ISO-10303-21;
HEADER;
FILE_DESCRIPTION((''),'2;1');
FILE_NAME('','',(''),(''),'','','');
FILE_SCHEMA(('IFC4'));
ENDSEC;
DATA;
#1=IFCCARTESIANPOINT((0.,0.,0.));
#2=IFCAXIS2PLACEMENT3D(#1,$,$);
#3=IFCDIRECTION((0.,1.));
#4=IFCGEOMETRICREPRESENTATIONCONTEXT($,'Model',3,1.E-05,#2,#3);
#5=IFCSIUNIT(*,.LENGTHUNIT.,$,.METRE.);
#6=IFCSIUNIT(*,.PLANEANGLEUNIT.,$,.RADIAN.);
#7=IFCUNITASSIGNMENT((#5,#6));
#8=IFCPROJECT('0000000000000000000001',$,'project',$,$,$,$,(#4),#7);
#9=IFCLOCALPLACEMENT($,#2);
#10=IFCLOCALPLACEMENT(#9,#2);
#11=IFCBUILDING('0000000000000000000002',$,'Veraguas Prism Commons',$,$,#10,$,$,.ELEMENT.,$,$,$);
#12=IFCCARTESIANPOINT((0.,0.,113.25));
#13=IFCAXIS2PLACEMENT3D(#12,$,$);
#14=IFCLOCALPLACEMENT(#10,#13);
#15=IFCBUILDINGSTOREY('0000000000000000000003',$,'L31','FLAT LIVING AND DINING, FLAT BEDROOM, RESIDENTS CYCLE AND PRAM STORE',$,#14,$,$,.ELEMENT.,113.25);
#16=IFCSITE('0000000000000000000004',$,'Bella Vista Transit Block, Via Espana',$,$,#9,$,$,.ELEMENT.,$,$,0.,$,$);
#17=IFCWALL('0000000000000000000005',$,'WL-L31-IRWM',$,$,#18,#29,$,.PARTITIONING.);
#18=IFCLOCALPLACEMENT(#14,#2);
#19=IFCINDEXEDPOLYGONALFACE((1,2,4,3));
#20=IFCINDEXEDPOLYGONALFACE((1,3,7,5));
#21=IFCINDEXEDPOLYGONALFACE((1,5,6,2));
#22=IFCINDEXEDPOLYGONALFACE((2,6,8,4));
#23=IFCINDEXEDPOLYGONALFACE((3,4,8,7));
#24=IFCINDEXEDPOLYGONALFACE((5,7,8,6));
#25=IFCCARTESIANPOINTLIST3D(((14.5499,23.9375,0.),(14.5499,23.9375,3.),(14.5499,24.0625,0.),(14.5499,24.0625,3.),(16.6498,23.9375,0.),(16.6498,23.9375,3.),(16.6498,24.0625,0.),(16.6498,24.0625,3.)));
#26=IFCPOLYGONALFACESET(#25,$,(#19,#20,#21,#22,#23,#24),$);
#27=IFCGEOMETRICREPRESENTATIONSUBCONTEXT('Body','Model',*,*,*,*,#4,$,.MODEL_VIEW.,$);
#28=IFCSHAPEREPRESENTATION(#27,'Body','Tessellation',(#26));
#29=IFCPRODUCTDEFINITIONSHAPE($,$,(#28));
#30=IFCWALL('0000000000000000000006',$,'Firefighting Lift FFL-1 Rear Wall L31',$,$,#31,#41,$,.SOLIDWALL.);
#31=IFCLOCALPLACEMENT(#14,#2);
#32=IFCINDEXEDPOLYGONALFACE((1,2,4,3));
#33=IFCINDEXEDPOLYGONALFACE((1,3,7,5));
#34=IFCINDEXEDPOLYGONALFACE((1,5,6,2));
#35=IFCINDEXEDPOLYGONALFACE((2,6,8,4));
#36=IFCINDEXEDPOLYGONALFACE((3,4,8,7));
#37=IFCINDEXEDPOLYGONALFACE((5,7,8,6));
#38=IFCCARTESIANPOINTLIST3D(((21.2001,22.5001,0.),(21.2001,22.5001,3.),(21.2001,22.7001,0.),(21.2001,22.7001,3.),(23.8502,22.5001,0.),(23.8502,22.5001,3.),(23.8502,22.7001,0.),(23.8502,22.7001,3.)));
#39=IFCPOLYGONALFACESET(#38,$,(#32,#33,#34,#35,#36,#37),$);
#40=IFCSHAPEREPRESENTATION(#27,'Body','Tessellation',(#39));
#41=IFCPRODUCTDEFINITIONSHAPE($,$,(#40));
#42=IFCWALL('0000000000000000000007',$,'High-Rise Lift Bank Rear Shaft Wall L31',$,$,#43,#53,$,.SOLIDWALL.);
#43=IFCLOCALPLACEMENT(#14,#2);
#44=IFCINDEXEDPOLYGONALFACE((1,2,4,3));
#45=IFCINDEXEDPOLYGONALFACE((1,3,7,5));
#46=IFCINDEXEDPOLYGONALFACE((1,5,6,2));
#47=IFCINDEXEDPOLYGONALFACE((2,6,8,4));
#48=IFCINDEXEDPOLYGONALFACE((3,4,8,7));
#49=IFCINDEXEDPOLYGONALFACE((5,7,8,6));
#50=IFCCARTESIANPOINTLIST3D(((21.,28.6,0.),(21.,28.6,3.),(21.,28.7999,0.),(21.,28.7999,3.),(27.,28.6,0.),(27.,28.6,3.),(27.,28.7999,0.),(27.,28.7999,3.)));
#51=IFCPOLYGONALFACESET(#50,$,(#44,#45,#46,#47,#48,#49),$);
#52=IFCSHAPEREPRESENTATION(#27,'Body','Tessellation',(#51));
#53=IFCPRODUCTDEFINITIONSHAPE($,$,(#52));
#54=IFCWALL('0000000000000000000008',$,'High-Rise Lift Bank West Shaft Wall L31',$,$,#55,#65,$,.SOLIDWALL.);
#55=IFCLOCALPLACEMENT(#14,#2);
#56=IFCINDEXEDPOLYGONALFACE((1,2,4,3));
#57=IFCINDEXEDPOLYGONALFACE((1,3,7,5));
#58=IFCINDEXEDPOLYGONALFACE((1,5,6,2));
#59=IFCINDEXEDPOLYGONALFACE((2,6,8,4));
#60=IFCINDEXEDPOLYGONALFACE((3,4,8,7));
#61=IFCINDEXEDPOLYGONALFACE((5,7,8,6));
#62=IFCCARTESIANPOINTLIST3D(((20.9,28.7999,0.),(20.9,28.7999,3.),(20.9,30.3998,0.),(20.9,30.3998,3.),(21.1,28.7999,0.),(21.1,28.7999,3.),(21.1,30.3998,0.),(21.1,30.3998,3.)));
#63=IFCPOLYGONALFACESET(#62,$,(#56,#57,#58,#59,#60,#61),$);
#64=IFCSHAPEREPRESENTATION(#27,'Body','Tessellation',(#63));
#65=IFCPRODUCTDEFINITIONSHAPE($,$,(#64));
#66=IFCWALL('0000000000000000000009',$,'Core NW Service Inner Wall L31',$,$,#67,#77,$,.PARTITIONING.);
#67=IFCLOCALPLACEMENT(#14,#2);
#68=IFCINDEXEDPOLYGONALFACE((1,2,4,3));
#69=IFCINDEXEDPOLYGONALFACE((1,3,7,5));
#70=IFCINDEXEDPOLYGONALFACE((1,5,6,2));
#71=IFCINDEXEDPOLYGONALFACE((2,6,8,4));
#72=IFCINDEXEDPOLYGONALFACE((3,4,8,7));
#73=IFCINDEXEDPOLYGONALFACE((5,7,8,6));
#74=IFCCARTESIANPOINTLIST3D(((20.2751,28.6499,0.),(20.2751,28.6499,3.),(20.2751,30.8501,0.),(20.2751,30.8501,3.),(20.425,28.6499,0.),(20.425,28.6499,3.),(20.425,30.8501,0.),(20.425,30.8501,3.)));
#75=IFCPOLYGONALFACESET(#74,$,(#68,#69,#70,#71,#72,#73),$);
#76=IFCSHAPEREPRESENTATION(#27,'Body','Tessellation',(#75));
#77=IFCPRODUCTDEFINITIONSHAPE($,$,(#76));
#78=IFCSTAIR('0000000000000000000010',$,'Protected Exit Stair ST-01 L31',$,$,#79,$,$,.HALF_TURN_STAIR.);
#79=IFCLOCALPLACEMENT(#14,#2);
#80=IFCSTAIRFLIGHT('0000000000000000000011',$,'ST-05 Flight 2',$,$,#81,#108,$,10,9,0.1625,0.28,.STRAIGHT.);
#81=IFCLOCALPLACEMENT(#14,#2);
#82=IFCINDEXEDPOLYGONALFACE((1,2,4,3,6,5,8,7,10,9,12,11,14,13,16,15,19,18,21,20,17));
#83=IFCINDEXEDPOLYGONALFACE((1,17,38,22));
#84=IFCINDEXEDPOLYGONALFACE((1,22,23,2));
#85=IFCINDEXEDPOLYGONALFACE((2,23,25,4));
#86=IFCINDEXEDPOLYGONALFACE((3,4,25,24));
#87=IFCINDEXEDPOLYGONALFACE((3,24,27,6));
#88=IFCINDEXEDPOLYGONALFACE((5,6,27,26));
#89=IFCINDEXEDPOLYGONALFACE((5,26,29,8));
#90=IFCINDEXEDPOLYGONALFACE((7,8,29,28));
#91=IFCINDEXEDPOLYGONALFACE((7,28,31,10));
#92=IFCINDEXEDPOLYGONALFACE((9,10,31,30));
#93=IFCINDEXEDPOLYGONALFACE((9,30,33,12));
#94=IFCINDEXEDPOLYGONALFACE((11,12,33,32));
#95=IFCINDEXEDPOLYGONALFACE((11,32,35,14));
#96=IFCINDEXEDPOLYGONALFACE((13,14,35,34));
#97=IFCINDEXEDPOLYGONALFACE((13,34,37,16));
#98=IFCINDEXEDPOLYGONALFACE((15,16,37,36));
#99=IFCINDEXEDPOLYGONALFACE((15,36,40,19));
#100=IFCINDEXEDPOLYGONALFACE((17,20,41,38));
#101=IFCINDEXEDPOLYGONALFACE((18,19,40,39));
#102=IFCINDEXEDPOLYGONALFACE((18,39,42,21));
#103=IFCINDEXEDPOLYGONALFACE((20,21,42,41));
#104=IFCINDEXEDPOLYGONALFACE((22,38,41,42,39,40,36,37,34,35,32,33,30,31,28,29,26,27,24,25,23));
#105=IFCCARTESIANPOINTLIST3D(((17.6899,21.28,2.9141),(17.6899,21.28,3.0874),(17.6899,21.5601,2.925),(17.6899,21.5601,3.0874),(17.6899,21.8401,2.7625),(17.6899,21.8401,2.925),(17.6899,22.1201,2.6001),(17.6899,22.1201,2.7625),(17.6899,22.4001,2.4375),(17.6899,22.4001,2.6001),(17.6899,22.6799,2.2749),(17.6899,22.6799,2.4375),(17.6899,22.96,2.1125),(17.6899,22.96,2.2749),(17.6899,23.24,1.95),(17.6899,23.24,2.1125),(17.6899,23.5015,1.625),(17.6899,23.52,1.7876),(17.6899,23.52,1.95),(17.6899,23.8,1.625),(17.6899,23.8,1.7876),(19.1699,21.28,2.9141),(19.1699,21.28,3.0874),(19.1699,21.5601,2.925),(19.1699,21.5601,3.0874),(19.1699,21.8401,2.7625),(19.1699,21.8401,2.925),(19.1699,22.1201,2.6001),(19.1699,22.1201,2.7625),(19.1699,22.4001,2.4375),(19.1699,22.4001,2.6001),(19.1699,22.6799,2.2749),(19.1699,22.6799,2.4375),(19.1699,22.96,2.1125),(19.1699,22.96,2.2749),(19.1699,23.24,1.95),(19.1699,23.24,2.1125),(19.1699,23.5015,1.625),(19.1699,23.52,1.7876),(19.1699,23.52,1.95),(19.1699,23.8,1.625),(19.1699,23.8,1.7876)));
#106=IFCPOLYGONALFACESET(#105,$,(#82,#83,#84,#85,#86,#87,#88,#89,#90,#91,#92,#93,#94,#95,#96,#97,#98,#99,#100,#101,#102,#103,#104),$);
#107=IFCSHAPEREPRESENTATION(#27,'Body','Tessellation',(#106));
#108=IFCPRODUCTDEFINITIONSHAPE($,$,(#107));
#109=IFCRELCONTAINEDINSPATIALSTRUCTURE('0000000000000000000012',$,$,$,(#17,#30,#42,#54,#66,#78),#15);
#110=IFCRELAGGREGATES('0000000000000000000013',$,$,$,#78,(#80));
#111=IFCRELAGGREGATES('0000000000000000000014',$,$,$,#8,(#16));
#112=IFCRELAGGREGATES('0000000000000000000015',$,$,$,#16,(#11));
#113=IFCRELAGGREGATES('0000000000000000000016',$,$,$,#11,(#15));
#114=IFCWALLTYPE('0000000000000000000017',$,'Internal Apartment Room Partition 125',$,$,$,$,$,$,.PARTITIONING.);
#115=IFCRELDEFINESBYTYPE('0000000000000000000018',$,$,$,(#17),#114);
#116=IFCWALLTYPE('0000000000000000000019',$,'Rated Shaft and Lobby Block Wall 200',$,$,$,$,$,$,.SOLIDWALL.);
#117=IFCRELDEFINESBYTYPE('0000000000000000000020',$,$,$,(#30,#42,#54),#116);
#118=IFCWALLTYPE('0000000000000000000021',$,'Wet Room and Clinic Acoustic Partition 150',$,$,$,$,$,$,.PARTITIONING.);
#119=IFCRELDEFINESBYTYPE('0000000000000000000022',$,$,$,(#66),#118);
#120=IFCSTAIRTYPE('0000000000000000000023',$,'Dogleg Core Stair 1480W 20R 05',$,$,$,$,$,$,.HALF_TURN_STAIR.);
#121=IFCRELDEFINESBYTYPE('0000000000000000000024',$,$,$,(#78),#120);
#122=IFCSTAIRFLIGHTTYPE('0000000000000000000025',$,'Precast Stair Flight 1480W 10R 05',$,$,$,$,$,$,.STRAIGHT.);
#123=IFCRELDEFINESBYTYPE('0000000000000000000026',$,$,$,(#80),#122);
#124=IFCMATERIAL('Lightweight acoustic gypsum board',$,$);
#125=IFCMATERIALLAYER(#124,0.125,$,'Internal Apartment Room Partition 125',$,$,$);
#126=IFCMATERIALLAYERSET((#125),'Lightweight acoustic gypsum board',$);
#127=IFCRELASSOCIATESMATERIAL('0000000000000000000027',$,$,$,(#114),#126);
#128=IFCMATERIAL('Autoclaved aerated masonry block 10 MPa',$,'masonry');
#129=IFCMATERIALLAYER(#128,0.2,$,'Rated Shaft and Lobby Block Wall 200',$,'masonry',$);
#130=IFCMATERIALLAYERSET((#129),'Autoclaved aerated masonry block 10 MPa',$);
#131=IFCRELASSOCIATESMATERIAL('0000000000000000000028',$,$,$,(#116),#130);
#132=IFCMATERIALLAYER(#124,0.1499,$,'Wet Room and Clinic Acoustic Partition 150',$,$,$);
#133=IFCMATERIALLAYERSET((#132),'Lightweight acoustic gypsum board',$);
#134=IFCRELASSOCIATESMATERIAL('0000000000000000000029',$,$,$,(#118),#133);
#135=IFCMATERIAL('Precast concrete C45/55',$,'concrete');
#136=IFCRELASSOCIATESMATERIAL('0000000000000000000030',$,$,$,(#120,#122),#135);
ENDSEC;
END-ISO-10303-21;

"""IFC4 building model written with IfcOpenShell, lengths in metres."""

from ifc_helpers import new_model, si_unit, direction, frame, frame_2d, origin, place, context, subcontext, project, spatial, polyline, rectangle, outline, extrude, material, layer, layer_set, type_object, element, aggregate, save


model = new_model("IFC4")

# Units and contexts
model_context = context("Model", 3, precision=1e-05, world=origin(), true_north=direction((0.0, 1.0)))
body_context = subcontext(model_context, "Body", "Model", "MODEL_VIEW")
ifc_project = project(units=[si_unit("LENGTHUNIT", "METRE"), si_unit("PLANEANGLEUNIT", "RADIAN")], contexts=[model_context])

# Site, building, storey
site_placement = place(None, origin())
site = spatial("IfcSite", under=ifc_project, at=site_placement, Name="Bella Vista Transit Block, Via Espana", CompositionType="ELEMENT", RefElevation=0.0)
building_placement = place(site_placement, origin())
building = spatial("IfcBuilding", under=site, at=building_placement, Name="Veraguas Prism Commons", CompositionType="ELEMENT")
storey_placement = place(building_placement, frame((0.0, 0.0, 113.25)))
storey = spatial("IfcBuildingStorey", under=building, at=storey_placement, Name="L31", Description="FLAT LIVING AND DINING, FLAT BEDROOM, RESIDENTS CYCLE AND PRAM STORE", CompositionType="ELEMENT", Elevation=113.25)

# Shared definitions
ifc_material_1 = material(Name="Autoclaved aerated masonry block 10 MPa", Category="masonry")

# Walls
ifc_material_2 = material(Name="Lightweight acoustic gypsum board")
ifc_layer_1 = layer(ifc_material_2, 0.125, Name="Internal Apartment Room Partition 125")
ifc_layer_set_1 = layer_set([ifc_layer_1], Name="Lightweight acoustic gypsum board")
wall_type_1 = type_object("IfcWallType", Name="Internal Apartment Room Partition 125", PredefinedType="PARTITIONING", material=ifc_layer_set_1)
wall_1_placement = place(storey_placement, frame((14.55, 24.0, 0.0), z_axis=(0.0, 0.0, 1.0), x_axis=(1.0, 0.0, 0.0)))
element("IfcWall", 1, at=wall_1_placement, inside=storey, type_object=wall_type_1, Name="WL-L31-IRWM", PredefinedType="PARTITIONING", context=body_context, shape_type="SweptSolid", body=[
    extrude(rectangle(XDim=2.0999, YDim=0.125, at=frame_2d((1.0498, 0.0))), origin(), (0.0, 0.0, 1.0), 3.0),
])
ifc_layer_2 = layer(ifc_material_1, 0.2, Name="Rated Shaft and Lobby Block Wall 200", Category="masonry")
ifc_layer_set_2 = layer_set([ifc_layer_2], Name="Autoclaved aerated masonry block 10 MPa")
wall_type_2 = type_object("IfcWallType", Name="Rated Shaft and Lobby Block Wall 200", PredefinedType="SOLIDWALL", material=ifc_layer_set_2)
wall_2_placement = place(storey_placement, frame((21.2, 22.6001, 0.0), z_axis=(0.0, 0.0, 1.0), x_axis=(1.0, 0.0, 0.0)))
element("IfcWall", 2, at=wall_2_placement, inside=storey, type_object=wall_type_2, Name="Firefighting Lift FFL-1 Rear Wall L31", PredefinedType="SOLIDWALL", context=body_context, shape_type="SweptSolid", body=[
    extrude(rectangle(XDim=2.6501, YDim=0.2, at=frame_2d((1.3252, 0.0))), origin(), (0.0, 0.0, 1.0), 3.0),
])
wall_3_placement = place(storey_placement, frame((21.0, 28.7, 0.0), z_axis=(0.0, 0.0, 1.0), x_axis=(1.0, 0.0, 0.0)))
element("IfcWall", 3, at=wall_3_placement, inside=storey, type_object=wall_type_2, Name="High-Rise Lift Bank Rear Shaft Wall L31", PredefinedType="SOLIDWALL", context=body_context, shape_type="SweptSolid", body=[
    extrude(rectangle(XDim=6.0, YDim=0.2, at=frame_2d((3.0, 0.0))), origin(), (0.0, 0.0, 1.0), 3.0),
])
wall_4_placement = place(storey_placement, frame((21.0, 28.8, 0.0), z_axis=(0.0, 0.0, 1.0), x_axis=(0.0, 1.0, 0.0)))
element("IfcWall", 4, at=wall_4_placement, inside=storey, type_object=wall_type_2, Name="High-Rise Lift Bank West Shaft Wall L31", PredefinedType="SOLIDWALL", context=body_context, shape_type="SweptSolid", body=[
    extrude(rectangle(XDim=1.5999, YDim=0.2, at=frame_2d((0.7998, 0.0))), origin(), (0.0, 0.0, 1.0), 3.0),
])
ifc_layer_3 = layer(ifc_material_2, 0.1499, Name="Wet Room and Clinic Acoustic Partition 150")
ifc_layer_set_3 = layer_set([ifc_layer_3], Name="Lightweight acoustic gypsum board")
wall_type_3 = type_object("IfcWallType", Name="Wet Room and Clinic Acoustic Partition 150", PredefinedType="PARTITIONING", material=ifc_layer_set_3)
wall_5_placement = place(storey_placement, frame((20.3501, 28.6499, 0.0), z_axis=(0.0, 0.0, 1.0), x_axis=(0.0, 1.0, 0.0)))
element("IfcWall", 5, at=wall_5_placement, inside=storey, type_object=wall_type_3, Name="Core NW Service Inner Wall L31", PredefinedType="PARTITIONING", context=body_context, shape_type="SweptSolid", body=[
    extrude(rectangle(XDim=2.2002, YDim=0.1499, at=frame_2d((1.1001, 0.0))), origin(), (0.0, 0.0, 1.0), 3.0),
])

# Stair, stair flight
ifc_material_3 = material(Name="Precast concrete C45/55", Category="concrete")
stair_type = type_object("IfcStairType", Name="Dogleg Core Stair 1480W 20R 05", PredefinedType="HALF_TURN_STAIR", material=ifc_material_3)
stair_placement = place(storey_placement, origin())
stair = element("IfcStair", 6, at=stair_placement, inside=storey, type_object=stair_type, Name="Protected Exit Stair ST-01 L31", PredefinedType="HALF_TURN_STAIR")
stair_flight_type = type_object("IfcStairFlightType", Name="Precast Stair Flight 1480W 10R 05", PredefinedType="STRAIGHT", material=ifc_material_3)
stair_flight_placement = place(storey_placement, frame((18.4299, 23.8, 1.625), z_axis=(0.0, 0.0, 1.0), x_axis=(0.0, -1.0, 0.0)))
stair_flight = element("IfcStairFlight", 7, at=stair_flight_placement, type_object=stair_flight_type, Name="ST-05 Flight 2", NumberOfRisers=10, NumberOfTreads=9, PredefinedType="STRAIGHT", RiserHeight=0.1625, TreadLength=0.28, context=body_context, shape_type="SweptSolid", body=[
    extrude(outline(polyline([(0.0, 0.0), (0.0, 0.1626), (0.28, 0.1626), (0.28, 0.325), (0.5601, 0.325), (0.5601, 0.4875), (0.8401, 0.4875), (0.8401, 0.6499), (1.1201, 0.6499), (1.1201, 0.8125), (1.3999, 0.8125), (1.3999, 0.9751), (1.6799, 0.9751), (1.6799, 1.1375), (1.96, 1.1375), (1.96, 1.3), (2.24, 1.3), (2.24, 1.4624), (2.52, 1.4624), (2.52, 1.625), (2.52, 1.2891), (0.2986, 0.0), (0.0, 0.0)])), frame((0.0, 0.74, 0.0), z_axis=(0.0, -1.0, 0.0), x_axis=(1.0, 0.0, 0.0)), (0.0, 0.0, 1.0), 1.48),
])
aggregate(stair, [stair_flight])

save(model, "model.ifc")
